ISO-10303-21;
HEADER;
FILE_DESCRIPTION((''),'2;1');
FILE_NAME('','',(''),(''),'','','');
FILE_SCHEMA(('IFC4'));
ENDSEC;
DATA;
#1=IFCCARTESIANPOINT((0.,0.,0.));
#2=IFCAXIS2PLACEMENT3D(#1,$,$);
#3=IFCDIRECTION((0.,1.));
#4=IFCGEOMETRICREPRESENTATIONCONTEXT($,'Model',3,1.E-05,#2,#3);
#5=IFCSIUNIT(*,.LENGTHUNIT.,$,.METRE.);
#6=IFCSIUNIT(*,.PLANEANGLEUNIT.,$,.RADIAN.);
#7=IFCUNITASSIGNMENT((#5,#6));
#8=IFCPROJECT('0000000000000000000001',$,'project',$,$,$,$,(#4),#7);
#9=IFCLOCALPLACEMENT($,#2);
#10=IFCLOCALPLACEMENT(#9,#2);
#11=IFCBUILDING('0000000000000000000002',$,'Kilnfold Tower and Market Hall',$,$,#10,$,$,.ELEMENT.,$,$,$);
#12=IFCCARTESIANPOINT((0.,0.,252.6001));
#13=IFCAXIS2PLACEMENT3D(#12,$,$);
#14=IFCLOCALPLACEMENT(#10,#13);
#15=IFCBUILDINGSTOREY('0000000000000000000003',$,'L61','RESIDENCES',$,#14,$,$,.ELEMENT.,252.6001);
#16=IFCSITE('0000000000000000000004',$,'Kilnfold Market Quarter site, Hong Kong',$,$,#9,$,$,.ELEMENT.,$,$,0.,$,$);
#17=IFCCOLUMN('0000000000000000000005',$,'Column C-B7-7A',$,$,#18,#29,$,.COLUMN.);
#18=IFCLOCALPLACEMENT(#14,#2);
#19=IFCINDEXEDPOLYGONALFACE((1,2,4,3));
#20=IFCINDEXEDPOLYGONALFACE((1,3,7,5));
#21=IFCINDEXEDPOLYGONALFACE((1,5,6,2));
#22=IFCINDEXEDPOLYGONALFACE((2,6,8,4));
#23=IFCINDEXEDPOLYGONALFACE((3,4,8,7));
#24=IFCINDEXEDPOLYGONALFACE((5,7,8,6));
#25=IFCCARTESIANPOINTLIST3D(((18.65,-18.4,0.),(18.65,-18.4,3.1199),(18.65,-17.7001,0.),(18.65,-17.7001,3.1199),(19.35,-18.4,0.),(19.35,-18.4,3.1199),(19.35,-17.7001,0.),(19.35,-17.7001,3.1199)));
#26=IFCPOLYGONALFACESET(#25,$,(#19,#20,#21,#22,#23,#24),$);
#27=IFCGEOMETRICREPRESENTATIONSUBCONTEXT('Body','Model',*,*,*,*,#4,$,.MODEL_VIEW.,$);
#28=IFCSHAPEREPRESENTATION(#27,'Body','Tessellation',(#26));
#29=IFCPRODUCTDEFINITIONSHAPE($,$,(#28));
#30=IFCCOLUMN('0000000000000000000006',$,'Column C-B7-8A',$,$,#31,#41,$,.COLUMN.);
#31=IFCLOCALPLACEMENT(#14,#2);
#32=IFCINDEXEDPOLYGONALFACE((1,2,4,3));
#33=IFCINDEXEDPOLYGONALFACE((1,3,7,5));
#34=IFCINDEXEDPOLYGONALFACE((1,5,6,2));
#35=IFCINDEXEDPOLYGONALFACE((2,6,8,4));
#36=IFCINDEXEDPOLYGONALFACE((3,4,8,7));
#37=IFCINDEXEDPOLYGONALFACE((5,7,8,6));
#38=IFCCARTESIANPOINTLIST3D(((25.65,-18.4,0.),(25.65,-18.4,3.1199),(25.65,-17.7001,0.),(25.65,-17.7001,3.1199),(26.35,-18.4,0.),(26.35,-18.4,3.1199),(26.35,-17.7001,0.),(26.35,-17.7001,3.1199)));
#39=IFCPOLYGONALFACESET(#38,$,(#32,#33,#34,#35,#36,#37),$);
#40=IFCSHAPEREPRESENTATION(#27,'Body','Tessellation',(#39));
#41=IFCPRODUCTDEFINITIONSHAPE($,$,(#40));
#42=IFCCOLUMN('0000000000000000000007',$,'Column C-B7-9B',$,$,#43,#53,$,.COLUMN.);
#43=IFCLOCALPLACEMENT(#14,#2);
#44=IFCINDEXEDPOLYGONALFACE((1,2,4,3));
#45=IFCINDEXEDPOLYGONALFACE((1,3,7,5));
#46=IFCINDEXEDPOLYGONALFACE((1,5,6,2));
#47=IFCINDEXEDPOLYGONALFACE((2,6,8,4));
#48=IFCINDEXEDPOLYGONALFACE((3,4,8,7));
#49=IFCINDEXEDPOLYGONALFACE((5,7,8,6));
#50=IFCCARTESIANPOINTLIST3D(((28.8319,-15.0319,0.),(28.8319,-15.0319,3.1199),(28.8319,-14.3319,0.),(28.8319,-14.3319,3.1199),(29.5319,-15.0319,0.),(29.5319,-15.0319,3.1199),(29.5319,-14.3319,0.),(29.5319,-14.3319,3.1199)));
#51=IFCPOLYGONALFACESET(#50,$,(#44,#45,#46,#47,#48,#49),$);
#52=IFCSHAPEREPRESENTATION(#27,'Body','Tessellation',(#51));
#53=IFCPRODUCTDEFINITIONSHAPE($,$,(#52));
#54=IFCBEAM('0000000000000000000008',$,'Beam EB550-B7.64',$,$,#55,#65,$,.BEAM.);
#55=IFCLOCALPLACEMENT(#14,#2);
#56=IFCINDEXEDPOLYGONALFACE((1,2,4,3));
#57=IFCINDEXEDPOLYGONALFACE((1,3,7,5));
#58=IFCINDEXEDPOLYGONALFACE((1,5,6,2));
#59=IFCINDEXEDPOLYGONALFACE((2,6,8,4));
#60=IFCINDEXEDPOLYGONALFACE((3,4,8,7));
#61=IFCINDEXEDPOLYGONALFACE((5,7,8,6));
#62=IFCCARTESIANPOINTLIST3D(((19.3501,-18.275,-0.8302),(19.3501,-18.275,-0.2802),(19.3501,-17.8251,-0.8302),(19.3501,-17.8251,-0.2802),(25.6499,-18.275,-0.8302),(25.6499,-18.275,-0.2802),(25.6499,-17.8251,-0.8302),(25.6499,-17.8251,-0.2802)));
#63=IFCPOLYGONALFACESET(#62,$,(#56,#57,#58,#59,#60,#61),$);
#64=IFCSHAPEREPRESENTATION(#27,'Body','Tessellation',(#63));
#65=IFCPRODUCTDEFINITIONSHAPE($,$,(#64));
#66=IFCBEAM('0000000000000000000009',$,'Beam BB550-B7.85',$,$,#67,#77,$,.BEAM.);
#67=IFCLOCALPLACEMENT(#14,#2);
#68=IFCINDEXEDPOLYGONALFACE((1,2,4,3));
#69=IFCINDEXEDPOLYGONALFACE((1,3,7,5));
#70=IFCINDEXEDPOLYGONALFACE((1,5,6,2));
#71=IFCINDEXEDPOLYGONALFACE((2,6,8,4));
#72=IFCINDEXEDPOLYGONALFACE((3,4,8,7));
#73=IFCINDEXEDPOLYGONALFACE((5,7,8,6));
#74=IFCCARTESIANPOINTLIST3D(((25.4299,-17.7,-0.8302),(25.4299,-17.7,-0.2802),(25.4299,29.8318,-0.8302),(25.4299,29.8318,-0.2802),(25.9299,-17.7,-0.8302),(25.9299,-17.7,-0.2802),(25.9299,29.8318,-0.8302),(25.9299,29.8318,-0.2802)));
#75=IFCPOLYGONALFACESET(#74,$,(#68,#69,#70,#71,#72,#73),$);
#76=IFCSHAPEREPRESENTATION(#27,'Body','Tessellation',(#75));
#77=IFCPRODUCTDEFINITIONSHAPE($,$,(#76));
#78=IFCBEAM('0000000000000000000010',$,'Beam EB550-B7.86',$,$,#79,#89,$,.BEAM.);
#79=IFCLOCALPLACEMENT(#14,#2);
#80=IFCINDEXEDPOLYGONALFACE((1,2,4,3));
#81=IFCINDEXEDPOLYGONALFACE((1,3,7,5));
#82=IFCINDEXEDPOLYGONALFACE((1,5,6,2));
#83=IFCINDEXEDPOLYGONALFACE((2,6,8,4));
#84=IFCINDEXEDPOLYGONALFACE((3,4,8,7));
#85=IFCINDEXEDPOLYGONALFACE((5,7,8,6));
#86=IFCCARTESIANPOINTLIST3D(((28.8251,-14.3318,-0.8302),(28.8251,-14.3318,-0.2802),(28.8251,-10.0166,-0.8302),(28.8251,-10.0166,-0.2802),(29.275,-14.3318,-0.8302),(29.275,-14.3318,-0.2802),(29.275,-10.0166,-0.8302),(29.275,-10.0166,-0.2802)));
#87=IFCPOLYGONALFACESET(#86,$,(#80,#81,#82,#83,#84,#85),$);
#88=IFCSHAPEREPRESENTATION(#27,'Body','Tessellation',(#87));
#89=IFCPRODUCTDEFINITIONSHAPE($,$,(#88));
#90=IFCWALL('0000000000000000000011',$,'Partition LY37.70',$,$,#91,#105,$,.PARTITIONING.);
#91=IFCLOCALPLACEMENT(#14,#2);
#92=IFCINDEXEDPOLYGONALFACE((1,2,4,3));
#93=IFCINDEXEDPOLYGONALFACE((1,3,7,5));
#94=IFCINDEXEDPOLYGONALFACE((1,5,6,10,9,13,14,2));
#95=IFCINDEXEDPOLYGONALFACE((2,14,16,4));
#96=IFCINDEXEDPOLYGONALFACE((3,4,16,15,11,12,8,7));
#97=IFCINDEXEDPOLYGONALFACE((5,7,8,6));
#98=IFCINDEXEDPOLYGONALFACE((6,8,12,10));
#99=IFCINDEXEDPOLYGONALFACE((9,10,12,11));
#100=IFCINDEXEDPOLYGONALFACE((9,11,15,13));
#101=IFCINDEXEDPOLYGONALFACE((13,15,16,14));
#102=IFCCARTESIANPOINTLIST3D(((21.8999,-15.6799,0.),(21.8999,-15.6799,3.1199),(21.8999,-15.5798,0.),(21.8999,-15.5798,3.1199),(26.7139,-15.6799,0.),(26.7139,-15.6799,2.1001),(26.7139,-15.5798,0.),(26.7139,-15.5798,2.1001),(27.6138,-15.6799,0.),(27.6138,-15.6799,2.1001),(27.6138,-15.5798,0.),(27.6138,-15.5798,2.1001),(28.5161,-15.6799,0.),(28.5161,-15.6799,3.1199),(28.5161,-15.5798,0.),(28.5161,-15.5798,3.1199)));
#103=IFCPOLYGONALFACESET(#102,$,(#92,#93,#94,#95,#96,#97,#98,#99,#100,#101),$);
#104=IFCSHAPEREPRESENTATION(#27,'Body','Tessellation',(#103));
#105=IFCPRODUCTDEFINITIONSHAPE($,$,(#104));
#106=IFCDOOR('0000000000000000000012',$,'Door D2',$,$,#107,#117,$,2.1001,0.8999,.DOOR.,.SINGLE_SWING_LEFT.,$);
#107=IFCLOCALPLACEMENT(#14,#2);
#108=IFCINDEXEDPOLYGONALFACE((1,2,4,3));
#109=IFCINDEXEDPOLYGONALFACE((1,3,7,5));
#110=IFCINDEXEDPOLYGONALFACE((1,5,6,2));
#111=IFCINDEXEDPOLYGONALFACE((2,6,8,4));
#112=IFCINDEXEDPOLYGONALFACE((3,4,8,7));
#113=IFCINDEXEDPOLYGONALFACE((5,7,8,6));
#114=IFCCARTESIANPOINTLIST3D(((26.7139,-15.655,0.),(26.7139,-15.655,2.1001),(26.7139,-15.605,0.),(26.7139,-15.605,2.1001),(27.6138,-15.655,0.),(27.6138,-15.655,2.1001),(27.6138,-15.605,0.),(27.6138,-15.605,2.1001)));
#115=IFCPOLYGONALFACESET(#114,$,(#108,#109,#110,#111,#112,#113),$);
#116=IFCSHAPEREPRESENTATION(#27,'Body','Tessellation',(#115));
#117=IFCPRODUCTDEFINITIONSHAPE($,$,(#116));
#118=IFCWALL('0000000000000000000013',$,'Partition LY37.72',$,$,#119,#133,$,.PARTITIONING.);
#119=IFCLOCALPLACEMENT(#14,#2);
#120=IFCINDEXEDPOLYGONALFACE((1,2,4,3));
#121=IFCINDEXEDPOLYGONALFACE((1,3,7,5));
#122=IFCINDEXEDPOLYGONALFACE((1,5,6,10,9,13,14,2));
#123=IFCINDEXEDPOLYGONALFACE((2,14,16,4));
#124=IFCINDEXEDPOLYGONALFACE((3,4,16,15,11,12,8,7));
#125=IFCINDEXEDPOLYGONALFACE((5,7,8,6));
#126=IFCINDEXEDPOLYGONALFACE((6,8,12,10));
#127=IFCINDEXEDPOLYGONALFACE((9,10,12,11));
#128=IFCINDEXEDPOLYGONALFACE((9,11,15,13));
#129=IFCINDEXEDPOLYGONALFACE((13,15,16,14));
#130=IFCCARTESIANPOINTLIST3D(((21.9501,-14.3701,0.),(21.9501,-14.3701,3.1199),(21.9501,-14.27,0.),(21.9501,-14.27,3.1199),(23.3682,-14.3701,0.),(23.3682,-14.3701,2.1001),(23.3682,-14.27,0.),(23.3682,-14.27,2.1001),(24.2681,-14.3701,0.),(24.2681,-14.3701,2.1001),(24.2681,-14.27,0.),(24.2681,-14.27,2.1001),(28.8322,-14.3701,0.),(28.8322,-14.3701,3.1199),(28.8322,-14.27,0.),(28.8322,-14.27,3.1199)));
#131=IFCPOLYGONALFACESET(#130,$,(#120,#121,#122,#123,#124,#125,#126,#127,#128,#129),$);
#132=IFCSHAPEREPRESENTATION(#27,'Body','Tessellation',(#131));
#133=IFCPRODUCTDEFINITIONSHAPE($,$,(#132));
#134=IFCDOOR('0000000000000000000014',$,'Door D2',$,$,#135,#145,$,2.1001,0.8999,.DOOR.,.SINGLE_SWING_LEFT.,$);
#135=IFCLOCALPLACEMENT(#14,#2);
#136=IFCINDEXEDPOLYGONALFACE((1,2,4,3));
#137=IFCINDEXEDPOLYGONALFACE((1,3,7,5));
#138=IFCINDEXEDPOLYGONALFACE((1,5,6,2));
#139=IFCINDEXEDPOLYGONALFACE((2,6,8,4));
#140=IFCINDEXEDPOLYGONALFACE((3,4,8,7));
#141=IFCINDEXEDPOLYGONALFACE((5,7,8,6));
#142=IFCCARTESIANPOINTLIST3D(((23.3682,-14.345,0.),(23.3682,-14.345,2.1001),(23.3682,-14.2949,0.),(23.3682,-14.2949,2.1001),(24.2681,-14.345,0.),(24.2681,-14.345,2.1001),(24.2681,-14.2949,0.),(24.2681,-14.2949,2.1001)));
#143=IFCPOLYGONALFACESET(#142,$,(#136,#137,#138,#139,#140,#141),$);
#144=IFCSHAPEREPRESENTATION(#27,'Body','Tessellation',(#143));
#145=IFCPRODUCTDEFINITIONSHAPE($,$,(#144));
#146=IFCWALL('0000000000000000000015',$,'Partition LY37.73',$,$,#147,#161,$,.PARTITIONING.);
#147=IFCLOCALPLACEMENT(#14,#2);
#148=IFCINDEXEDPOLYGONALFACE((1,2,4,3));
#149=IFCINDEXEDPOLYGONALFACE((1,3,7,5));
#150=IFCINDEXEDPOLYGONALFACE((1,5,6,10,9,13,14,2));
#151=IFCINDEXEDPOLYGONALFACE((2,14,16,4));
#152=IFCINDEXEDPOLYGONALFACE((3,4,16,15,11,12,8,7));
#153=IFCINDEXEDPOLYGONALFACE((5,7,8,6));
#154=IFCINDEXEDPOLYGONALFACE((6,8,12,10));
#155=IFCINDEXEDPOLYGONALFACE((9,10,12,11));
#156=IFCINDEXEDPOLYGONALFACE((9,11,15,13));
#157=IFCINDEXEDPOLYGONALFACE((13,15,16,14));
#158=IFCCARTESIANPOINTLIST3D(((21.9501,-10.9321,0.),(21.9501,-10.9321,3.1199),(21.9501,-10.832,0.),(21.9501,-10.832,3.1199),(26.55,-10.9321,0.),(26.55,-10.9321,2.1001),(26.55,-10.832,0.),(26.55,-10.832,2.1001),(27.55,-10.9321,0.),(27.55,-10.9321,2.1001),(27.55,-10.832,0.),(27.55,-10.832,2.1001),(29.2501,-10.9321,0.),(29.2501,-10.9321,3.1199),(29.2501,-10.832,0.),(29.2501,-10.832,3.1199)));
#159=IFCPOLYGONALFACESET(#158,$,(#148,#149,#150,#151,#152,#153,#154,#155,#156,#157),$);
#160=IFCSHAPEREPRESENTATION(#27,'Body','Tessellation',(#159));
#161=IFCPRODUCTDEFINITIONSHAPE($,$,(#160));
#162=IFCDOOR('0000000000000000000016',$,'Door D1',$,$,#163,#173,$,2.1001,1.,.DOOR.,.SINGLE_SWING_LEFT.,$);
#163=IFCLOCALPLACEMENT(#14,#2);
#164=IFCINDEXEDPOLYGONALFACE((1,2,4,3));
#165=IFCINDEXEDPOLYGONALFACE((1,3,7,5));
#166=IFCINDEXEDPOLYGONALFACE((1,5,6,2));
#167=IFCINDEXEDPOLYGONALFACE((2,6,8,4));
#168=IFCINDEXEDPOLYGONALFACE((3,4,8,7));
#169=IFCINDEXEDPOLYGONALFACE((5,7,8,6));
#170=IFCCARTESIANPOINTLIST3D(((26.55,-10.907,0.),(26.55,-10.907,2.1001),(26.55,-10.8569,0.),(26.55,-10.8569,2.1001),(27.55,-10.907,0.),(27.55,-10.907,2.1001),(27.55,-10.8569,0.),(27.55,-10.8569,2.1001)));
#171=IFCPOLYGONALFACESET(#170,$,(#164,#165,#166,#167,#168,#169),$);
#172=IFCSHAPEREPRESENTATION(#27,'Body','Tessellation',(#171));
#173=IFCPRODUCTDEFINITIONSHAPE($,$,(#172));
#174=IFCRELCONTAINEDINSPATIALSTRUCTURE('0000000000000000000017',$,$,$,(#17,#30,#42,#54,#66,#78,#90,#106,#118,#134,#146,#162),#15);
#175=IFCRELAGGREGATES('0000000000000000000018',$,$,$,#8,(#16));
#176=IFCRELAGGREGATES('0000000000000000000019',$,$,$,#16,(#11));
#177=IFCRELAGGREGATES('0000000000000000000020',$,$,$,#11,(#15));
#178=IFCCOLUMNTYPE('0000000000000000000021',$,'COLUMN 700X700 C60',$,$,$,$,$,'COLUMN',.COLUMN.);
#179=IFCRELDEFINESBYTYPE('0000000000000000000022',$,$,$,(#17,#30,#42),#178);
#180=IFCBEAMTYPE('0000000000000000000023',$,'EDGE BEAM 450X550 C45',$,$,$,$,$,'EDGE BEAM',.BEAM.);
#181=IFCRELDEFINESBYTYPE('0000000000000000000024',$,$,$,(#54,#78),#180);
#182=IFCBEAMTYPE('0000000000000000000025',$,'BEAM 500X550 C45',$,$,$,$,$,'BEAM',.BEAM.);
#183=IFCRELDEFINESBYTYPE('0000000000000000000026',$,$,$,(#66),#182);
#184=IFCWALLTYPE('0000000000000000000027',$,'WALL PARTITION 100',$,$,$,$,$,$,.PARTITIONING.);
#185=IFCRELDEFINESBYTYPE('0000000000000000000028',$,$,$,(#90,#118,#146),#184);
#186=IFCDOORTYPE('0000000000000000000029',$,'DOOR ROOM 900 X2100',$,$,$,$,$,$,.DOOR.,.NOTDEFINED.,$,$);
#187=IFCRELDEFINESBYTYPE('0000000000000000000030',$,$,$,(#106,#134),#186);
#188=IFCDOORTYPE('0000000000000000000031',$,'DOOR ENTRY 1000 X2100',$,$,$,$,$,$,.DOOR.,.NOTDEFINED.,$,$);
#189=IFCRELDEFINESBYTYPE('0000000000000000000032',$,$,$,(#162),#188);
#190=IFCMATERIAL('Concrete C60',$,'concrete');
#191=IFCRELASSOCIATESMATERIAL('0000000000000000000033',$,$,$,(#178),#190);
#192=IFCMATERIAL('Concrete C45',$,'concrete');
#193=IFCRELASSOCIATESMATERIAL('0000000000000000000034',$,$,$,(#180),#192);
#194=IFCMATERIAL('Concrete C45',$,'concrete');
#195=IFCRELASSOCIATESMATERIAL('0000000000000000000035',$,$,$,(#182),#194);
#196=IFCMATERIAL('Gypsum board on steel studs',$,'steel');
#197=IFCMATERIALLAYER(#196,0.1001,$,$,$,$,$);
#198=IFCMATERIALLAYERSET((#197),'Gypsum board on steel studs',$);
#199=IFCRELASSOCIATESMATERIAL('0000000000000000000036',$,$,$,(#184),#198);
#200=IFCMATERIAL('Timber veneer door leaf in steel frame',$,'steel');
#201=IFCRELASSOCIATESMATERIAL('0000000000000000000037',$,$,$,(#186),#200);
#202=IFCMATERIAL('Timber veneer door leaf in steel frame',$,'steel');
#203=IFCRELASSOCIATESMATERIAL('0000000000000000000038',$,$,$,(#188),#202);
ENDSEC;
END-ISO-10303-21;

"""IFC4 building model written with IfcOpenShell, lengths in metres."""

from ifc_helpers import new_model, si_unit, direction, frame, frame_2d, origin, origin_2d, place, context, subcontext, project, spatial, rectangle, extrude, source, transform, mapped, material, layer, layer_set, material_profile, profile_set, type_object, element, fill, save


model = new_model("IFC4")

# Units and contexts
model_context = context("Model", 3, precision=1e-05, world=origin(), true_north=direction((0.0, 1.0)))
body_context = subcontext(model_context, "Body", "Model", "MODEL_VIEW")
ifc_project = project(units=[si_unit("LENGTHUNIT", "METRE"), si_unit("PLANEANGLEUNIT", "RADIAN")], contexts=[model_context])

# Site, building, storey
site_placement = place(None, origin())
site = spatial("IfcSite", under=ifc_project, at=site_placement, Name="Kilnfold Market Quarter site, Hong Kong", CompositionType="ELEMENT", RefElevation=0.0)
building_placement = place(site_placement, origin())
building = spatial("IfcBuilding", under=site, at=building_placement, Name="Kilnfold Tower and Market Hall", CompositionType="ELEMENT")
storey_placement = place(building_placement, frame((0.0, 0.0, 252.6001)))
storey = spatial("IfcBuildingStorey", under=building, at=storey_placement, Name="L61", Description="RESIDENCES", CompositionType="ELEMENT", Elevation=252.6001)

# Columns
ifc_material_1 = material(Name="Concrete C60", Category="concrete")
ifc_material_profile_1 = material_profile(ifc_material_1, rectangle(XDim=0.7, YDim=0.7, at=origin_2d()), Name="RC 700x700")
ifc_profile_set_1 = profile_set([ifc_material_profile_1], Name="Concrete C60")
column_type = type_object("IfcColumnType", Name="COLUMN 700X700 C60", ElementType="COLUMN", PredefinedType="COLUMN", material=ifc_profile_set_1)
shared_shape_1 = source(origin(), body_context, "Body", "SweptSolid", [
    extrude(rectangle(XDim=0.7, YDim=0.7, at=origin_2d()), origin(), (0.0, 0.0, 1.0), 3.1199),
])
for number, where, z_axis, x_axis, name in (
    (1, (19.0, -18.05, 0.0), (0.0, 0.0, 1.0), (1.0, 0.0, 0.0), "Column C-B7-7A"),
    (2, (26.0, -18.05, 0.0), (0.0, 0.0, 1.0), (1.0, 0.0, 0.0), "Column C-B7-8A"),
    (3, (29.1819, -14.6819, 0.0), (0.0, 0.0, 1.0), (1.0, 0.0, 0.0), "Column C-B7-9B"),
):
    element("IfcColumn", number, at=place(storey_placement, frame(where, z_axis=z_axis, x_axis=x_axis)), inside=storey, type_object=column_type, Name=name, PredefinedType="COLUMN", context=body_context, shape_type="MappedRepresentation", body=[
        mapped(shared_shape_1, transform((0.0, 0.0, 0.0))),
    ])

# Beams
ifc_material_2 = material(Name="Concrete C45", Category="concrete")
ifc_material_profile_2 = material_profile(ifc_material_2, rectangle(XDim=0.45, YDim=0.55, at=origin_2d()), Name="RC 450x550")
ifc_profile_set_2 = profile_set([ifc_material_profile_2], Name="Concrete C45")
beam_type_1 = type_object("IfcBeamType", Name="EDGE BEAM 450X550 C45", ElementType="EDGE BEAM", PredefinedType="BEAM", material=ifc_profile_set_2)
shared_shape_2 = source(origin(), body_context, "Body", "SweptSolid", [
    extrude(rectangle(XDim=0.45, YDim=0.55, at=origin_2d()), origin(), (0.0, 0.0, 1.0), 6.2998),
])
beam_1_placement = place(storey_placement, frame((19.3501, -18.05, -0.5552), z_axis=(1.0, 0.0, 0.0), x_axis=(0.0, 1.0, 0.0)))
element("IfcBeam", 4, at=beam_1_placement, inside=storey, type_object=beam_type_1, Name="Beam EB550-B7.64", PredefinedType="BEAM", context=body_context, shape_type="MappedRepresentation", body=[
    mapped(shared_shape_2, transform((0.0, 0.0, 0.0))),
])
ifc_material_3 = material(Name="Concrete C45", Category="concrete")
ifc_material_profile_3 = material_profile(ifc_material_3, rectangle(XDim=0.5, YDim=0.55, at=origin_2d()), Name="RC 500x550")
ifc_profile_set_3 = profile_set([ifc_material_profile_3], Name="Concrete C45")
beam_type_2 = type_object("IfcBeamType", Name="BEAM 500X550 C45", ElementType="BEAM", PredefinedType="BEAM", material=ifc_profile_set_3)
shared_shape_3 = source(origin(), body_context, "Body", "SweptSolid", [
    extrude(rectangle(XDim=0.5, YDim=0.55, at=origin_2d()), origin(), (0.0, 0.0, 1.0), 47.5317),
])
beam_2_placement = place(storey_placement, frame((25.6799, -17.7, -0.5552), z_axis=(0.0, 1.0, 0.0), x_axis=(-1.0, 0.0, 0.0)))
element("IfcBeam", 5, at=beam_2_placement, inside=storey, type_object=beam_type_2, Name="Beam BB550-B7.85", PredefinedType="BEAM", context=body_context, shape_type="MappedRepresentation", body=[
    mapped(shared_shape_3, transform((0.0, 0.0, 0.0))),
])
shared_shape_4 = source(origin(), body_context, "Body", "SweptSolid", [
    extrude(rectangle(XDim=0.45, YDim=0.55, at=origin_2d()), origin(), (0.0, 0.0, 1.0), 4.3152),
])
beam_3_placement = place(storey_placement, frame((29.05, -14.3318, -0.5552), z_axis=(0.0, 1.0, 0.0), x_axis=(-1.0, 0.0, 0.0)))
element("IfcBeam", 6, at=beam_3_placement, inside=storey, type_object=beam_type_1, Name="Beam EB550-B7.86", PredefinedType="BEAM", context=body_context, shape_type="MappedRepresentation", body=[
    mapped(shared_shape_4, transform((0.0, 0.0, 0.0))),
])

# Walls, openings, doors
ifc_material_4 = material(Name="Gypsum board on steel studs", Category="steel")
ifc_layer_1 = layer(ifc_material_4, 0.1001)
ifc_layer_set_1 = layer_set([ifc_layer_1], Name="Gypsum board on steel studs")
wall_type_1 = type_object("IfcWallType", Name="WALL PARTITION 100", PredefinedType="PARTITIONING", material=ifc_layer_set_1)
wall_1_placement = place(storey_placement, frame((21.8999, -15.6299, 0.0), z_axis=(0.0, 0.0, 1.0), x_axis=(1.0, 0.0, 0.0)))
wall_1 = element("IfcWall", 7, at=wall_1_placement, inside=storey, type_object=wall_type_1, Name="Partition LY37.70", PredefinedType="PARTITIONING", context=body_context, shape_type="SweptSolid", body=[
    extrude(rectangle(XDim=6.6162, YDim=0.1001, at=frame_2d((3.3081, 0.0))), origin(), (0.0, 0.0, 1.0), 3.1199),
])
opening_1_placement = place(wall_1_placement, frame((4.814, 0.0, 0.0)))
opening_1 = element("IfcOpeningElement", 8, at=opening_1_placement, cuts=wall_1, PredefinedType="OPENING", context=body_context, shape_type="SweptSolid", body=[
    extrude(rectangle(XDim=0.8999, YDim=2.1001, at=frame_2d((0.45, 1.05))), frame((0.0, 0.0601, 0.0), z_axis=(0.0, -1.0, 0.0), x_axis=(1.0, 0.0, 0.0)), (0.0, 0.0, 1.0), 0.1201),
])
ifc_material_5 = material(Name="Timber veneer door leaf in steel frame", Category="steel")
door_type_1 = type_object("IfcDoorType", Name="DOOR ROOM 900 X2100", OperationType="NOTDEFINED", PredefinedType="DOOR", material=ifc_material_5)
door_1_placement = place(opening_1_placement, origin())
door_1 = element("IfcDoor", 9, at=door_1_placement, inside=storey, type_object=door_type_1, Name="Door D2", OperationType="SINGLE_SWING_LEFT", OverallHeight=2.1001, OverallWidth=0.8999, PredefinedType="DOOR", context=body_context, shape_type="SweptSolid", body=[
    extrude(rectangle(XDim=0.8999, YDim=2.1001, at=frame_2d((0.45, 1.05))), frame((0.0, 0.0249, 0.0), z_axis=(0.0, -1.0, 0.0), x_axis=(1.0, 0.0, 0.0)), (0.0, 0.0, 1.0), 0.05),
])
fill(opening_1, door_1)
wall_2_placement = place(storey_placement, frame((28.832, -14.3201, 0.0), z_axis=(0.0, 0.0, 1.0), x_axis=(-1.0, 0.0, 0.0)))
wall_2 = element("IfcWall", 10, at=wall_2_placement, inside=storey, type_object=wall_type_1, Name="Partition LY37.72", PredefinedType="PARTITIONING", context=body_context, shape_type="SweptSolid", body=[
    extrude(rectangle(XDim=6.8821, YDim=0.1001, at=frame_2d((3.4409, 0.0))), origin(), (0.0, 0.0, 1.0), 3.1199),
])
opening_2_placement = place(wall_2_placement, frame((4.564, 0.0, 0.0)))
opening_2 = element("IfcOpeningElement", 11, at=opening_2_placement, cuts=wall_2, PredefinedType="OPENING", context=body_context, shape_type="SweptSolid", body=[
    extrude(rectangle(XDim=0.8999, YDim=2.1001, at=frame_2d((0.45, 1.05))), frame((0.0, 0.0601, 0.0), z_axis=(0.0, -1.0, 0.0), x_axis=(1.0, 0.0, 0.0)), (0.0, 0.0, 1.0), 0.1201),
])
door_2_placement = place(opening_2_placement, origin())
door_2 = element("IfcDoor", 12, at=door_2_placement, inside=storey, type_object=door_type_1, Name="Door D2", OperationType="SINGLE_SWING_LEFT", OverallHeight=2.1001, OverallWidth=0.8999, PredefinedType="DOOR", context=body_context, shape_type="SweptSolid", body=[
    extrude(rectangle(XDim=0.8999, YDim=2.1001, at=frame_2d((0.45, 1.05))), frame((0.0, 0.0249, 0.0), z_axis=(0.0, -1.0, 0.0), x_axis=(1.0, 0.0, 0.0)), (0.0, 0.0, 1.0), 0.05),
])
fill(opening_2, door_2)
wall_3_placement = place(storey_placement, frame((29.25, -10.8821, 0.0), z_axis=(0.0, 0.0, 1.0), x_axis=(-1.0, 0.0, 0.0)))
wall_3 = element("IfcWall", 13, at=wall_3_placement, inside=storey, type_object=wall_type_1, Name="Partition LY37.73", PredefinedType="PARTITIONING", context=body_context, shape_type="SweptSolid", body=[
    extrude(rectangle(XDim=7.3, YDim=0.1001, at=frame_2d((3.6499, 0.0))), origin(), (0.0, 0.0, 1.0), 3.1199),
])
opening_3_placement = place(wall_3_placement, frame((1.7, 0.0, 0.0)))
opening_3 = element("IfcOpeningElement", 14, at=opening_3_placement, cuts=wall_3, PredefinedType="OPENING", context=body_context, shape_type="SweptSolid", body=[
    extrude(rectangle(XDim=1.0, YDim=2.1001, at=frame_2d((0.5, 1.05))), frame((0.0, 0.0601, 0.0), z_axis=(0.0, -1.0, 0.0), x_axis=(1.0, 0.0, 0.0)), (0.0, 0.0, 1.0), 0.1201),
])
ifc_material_6 = material(Name="Timber veneer door leaf in steel frame", Category="steel")
door_type_2 = type_object("IfcDoorType", Name="DOOR ENTRY 1000 X2100", OperationType="NOTDEFINED", PredefinedType="DOOR", material=ifc_material_6)
door_3_placement = place(opening_3_placement, origin())
door_3 = element("IfcDoor", 15, at=door_3_placement, inside=storey, type_object=door_type_2, Name="Door D1", OperationType="SINGLE_SWING_LEFT", OverallHeight=2.1001, OverallWidth=1.0, PredefinedType="DOOR", context=body_context, shape_type="SweptSolid", body=[
    extrude(rectangle(XDim=1.0, YDim=2.1001, at=frame_2d((0.5, 1.05))), frame((0.0, 0.0249, 0.0), z_axis=(0.0, -1.0, 0.0), x_axis=(1.0, 0.0, 0.0)), (0.0, 0.0, 1.0), 0.05),
])
fill(opening_3, door_3)

save(model, "model.ifc")
